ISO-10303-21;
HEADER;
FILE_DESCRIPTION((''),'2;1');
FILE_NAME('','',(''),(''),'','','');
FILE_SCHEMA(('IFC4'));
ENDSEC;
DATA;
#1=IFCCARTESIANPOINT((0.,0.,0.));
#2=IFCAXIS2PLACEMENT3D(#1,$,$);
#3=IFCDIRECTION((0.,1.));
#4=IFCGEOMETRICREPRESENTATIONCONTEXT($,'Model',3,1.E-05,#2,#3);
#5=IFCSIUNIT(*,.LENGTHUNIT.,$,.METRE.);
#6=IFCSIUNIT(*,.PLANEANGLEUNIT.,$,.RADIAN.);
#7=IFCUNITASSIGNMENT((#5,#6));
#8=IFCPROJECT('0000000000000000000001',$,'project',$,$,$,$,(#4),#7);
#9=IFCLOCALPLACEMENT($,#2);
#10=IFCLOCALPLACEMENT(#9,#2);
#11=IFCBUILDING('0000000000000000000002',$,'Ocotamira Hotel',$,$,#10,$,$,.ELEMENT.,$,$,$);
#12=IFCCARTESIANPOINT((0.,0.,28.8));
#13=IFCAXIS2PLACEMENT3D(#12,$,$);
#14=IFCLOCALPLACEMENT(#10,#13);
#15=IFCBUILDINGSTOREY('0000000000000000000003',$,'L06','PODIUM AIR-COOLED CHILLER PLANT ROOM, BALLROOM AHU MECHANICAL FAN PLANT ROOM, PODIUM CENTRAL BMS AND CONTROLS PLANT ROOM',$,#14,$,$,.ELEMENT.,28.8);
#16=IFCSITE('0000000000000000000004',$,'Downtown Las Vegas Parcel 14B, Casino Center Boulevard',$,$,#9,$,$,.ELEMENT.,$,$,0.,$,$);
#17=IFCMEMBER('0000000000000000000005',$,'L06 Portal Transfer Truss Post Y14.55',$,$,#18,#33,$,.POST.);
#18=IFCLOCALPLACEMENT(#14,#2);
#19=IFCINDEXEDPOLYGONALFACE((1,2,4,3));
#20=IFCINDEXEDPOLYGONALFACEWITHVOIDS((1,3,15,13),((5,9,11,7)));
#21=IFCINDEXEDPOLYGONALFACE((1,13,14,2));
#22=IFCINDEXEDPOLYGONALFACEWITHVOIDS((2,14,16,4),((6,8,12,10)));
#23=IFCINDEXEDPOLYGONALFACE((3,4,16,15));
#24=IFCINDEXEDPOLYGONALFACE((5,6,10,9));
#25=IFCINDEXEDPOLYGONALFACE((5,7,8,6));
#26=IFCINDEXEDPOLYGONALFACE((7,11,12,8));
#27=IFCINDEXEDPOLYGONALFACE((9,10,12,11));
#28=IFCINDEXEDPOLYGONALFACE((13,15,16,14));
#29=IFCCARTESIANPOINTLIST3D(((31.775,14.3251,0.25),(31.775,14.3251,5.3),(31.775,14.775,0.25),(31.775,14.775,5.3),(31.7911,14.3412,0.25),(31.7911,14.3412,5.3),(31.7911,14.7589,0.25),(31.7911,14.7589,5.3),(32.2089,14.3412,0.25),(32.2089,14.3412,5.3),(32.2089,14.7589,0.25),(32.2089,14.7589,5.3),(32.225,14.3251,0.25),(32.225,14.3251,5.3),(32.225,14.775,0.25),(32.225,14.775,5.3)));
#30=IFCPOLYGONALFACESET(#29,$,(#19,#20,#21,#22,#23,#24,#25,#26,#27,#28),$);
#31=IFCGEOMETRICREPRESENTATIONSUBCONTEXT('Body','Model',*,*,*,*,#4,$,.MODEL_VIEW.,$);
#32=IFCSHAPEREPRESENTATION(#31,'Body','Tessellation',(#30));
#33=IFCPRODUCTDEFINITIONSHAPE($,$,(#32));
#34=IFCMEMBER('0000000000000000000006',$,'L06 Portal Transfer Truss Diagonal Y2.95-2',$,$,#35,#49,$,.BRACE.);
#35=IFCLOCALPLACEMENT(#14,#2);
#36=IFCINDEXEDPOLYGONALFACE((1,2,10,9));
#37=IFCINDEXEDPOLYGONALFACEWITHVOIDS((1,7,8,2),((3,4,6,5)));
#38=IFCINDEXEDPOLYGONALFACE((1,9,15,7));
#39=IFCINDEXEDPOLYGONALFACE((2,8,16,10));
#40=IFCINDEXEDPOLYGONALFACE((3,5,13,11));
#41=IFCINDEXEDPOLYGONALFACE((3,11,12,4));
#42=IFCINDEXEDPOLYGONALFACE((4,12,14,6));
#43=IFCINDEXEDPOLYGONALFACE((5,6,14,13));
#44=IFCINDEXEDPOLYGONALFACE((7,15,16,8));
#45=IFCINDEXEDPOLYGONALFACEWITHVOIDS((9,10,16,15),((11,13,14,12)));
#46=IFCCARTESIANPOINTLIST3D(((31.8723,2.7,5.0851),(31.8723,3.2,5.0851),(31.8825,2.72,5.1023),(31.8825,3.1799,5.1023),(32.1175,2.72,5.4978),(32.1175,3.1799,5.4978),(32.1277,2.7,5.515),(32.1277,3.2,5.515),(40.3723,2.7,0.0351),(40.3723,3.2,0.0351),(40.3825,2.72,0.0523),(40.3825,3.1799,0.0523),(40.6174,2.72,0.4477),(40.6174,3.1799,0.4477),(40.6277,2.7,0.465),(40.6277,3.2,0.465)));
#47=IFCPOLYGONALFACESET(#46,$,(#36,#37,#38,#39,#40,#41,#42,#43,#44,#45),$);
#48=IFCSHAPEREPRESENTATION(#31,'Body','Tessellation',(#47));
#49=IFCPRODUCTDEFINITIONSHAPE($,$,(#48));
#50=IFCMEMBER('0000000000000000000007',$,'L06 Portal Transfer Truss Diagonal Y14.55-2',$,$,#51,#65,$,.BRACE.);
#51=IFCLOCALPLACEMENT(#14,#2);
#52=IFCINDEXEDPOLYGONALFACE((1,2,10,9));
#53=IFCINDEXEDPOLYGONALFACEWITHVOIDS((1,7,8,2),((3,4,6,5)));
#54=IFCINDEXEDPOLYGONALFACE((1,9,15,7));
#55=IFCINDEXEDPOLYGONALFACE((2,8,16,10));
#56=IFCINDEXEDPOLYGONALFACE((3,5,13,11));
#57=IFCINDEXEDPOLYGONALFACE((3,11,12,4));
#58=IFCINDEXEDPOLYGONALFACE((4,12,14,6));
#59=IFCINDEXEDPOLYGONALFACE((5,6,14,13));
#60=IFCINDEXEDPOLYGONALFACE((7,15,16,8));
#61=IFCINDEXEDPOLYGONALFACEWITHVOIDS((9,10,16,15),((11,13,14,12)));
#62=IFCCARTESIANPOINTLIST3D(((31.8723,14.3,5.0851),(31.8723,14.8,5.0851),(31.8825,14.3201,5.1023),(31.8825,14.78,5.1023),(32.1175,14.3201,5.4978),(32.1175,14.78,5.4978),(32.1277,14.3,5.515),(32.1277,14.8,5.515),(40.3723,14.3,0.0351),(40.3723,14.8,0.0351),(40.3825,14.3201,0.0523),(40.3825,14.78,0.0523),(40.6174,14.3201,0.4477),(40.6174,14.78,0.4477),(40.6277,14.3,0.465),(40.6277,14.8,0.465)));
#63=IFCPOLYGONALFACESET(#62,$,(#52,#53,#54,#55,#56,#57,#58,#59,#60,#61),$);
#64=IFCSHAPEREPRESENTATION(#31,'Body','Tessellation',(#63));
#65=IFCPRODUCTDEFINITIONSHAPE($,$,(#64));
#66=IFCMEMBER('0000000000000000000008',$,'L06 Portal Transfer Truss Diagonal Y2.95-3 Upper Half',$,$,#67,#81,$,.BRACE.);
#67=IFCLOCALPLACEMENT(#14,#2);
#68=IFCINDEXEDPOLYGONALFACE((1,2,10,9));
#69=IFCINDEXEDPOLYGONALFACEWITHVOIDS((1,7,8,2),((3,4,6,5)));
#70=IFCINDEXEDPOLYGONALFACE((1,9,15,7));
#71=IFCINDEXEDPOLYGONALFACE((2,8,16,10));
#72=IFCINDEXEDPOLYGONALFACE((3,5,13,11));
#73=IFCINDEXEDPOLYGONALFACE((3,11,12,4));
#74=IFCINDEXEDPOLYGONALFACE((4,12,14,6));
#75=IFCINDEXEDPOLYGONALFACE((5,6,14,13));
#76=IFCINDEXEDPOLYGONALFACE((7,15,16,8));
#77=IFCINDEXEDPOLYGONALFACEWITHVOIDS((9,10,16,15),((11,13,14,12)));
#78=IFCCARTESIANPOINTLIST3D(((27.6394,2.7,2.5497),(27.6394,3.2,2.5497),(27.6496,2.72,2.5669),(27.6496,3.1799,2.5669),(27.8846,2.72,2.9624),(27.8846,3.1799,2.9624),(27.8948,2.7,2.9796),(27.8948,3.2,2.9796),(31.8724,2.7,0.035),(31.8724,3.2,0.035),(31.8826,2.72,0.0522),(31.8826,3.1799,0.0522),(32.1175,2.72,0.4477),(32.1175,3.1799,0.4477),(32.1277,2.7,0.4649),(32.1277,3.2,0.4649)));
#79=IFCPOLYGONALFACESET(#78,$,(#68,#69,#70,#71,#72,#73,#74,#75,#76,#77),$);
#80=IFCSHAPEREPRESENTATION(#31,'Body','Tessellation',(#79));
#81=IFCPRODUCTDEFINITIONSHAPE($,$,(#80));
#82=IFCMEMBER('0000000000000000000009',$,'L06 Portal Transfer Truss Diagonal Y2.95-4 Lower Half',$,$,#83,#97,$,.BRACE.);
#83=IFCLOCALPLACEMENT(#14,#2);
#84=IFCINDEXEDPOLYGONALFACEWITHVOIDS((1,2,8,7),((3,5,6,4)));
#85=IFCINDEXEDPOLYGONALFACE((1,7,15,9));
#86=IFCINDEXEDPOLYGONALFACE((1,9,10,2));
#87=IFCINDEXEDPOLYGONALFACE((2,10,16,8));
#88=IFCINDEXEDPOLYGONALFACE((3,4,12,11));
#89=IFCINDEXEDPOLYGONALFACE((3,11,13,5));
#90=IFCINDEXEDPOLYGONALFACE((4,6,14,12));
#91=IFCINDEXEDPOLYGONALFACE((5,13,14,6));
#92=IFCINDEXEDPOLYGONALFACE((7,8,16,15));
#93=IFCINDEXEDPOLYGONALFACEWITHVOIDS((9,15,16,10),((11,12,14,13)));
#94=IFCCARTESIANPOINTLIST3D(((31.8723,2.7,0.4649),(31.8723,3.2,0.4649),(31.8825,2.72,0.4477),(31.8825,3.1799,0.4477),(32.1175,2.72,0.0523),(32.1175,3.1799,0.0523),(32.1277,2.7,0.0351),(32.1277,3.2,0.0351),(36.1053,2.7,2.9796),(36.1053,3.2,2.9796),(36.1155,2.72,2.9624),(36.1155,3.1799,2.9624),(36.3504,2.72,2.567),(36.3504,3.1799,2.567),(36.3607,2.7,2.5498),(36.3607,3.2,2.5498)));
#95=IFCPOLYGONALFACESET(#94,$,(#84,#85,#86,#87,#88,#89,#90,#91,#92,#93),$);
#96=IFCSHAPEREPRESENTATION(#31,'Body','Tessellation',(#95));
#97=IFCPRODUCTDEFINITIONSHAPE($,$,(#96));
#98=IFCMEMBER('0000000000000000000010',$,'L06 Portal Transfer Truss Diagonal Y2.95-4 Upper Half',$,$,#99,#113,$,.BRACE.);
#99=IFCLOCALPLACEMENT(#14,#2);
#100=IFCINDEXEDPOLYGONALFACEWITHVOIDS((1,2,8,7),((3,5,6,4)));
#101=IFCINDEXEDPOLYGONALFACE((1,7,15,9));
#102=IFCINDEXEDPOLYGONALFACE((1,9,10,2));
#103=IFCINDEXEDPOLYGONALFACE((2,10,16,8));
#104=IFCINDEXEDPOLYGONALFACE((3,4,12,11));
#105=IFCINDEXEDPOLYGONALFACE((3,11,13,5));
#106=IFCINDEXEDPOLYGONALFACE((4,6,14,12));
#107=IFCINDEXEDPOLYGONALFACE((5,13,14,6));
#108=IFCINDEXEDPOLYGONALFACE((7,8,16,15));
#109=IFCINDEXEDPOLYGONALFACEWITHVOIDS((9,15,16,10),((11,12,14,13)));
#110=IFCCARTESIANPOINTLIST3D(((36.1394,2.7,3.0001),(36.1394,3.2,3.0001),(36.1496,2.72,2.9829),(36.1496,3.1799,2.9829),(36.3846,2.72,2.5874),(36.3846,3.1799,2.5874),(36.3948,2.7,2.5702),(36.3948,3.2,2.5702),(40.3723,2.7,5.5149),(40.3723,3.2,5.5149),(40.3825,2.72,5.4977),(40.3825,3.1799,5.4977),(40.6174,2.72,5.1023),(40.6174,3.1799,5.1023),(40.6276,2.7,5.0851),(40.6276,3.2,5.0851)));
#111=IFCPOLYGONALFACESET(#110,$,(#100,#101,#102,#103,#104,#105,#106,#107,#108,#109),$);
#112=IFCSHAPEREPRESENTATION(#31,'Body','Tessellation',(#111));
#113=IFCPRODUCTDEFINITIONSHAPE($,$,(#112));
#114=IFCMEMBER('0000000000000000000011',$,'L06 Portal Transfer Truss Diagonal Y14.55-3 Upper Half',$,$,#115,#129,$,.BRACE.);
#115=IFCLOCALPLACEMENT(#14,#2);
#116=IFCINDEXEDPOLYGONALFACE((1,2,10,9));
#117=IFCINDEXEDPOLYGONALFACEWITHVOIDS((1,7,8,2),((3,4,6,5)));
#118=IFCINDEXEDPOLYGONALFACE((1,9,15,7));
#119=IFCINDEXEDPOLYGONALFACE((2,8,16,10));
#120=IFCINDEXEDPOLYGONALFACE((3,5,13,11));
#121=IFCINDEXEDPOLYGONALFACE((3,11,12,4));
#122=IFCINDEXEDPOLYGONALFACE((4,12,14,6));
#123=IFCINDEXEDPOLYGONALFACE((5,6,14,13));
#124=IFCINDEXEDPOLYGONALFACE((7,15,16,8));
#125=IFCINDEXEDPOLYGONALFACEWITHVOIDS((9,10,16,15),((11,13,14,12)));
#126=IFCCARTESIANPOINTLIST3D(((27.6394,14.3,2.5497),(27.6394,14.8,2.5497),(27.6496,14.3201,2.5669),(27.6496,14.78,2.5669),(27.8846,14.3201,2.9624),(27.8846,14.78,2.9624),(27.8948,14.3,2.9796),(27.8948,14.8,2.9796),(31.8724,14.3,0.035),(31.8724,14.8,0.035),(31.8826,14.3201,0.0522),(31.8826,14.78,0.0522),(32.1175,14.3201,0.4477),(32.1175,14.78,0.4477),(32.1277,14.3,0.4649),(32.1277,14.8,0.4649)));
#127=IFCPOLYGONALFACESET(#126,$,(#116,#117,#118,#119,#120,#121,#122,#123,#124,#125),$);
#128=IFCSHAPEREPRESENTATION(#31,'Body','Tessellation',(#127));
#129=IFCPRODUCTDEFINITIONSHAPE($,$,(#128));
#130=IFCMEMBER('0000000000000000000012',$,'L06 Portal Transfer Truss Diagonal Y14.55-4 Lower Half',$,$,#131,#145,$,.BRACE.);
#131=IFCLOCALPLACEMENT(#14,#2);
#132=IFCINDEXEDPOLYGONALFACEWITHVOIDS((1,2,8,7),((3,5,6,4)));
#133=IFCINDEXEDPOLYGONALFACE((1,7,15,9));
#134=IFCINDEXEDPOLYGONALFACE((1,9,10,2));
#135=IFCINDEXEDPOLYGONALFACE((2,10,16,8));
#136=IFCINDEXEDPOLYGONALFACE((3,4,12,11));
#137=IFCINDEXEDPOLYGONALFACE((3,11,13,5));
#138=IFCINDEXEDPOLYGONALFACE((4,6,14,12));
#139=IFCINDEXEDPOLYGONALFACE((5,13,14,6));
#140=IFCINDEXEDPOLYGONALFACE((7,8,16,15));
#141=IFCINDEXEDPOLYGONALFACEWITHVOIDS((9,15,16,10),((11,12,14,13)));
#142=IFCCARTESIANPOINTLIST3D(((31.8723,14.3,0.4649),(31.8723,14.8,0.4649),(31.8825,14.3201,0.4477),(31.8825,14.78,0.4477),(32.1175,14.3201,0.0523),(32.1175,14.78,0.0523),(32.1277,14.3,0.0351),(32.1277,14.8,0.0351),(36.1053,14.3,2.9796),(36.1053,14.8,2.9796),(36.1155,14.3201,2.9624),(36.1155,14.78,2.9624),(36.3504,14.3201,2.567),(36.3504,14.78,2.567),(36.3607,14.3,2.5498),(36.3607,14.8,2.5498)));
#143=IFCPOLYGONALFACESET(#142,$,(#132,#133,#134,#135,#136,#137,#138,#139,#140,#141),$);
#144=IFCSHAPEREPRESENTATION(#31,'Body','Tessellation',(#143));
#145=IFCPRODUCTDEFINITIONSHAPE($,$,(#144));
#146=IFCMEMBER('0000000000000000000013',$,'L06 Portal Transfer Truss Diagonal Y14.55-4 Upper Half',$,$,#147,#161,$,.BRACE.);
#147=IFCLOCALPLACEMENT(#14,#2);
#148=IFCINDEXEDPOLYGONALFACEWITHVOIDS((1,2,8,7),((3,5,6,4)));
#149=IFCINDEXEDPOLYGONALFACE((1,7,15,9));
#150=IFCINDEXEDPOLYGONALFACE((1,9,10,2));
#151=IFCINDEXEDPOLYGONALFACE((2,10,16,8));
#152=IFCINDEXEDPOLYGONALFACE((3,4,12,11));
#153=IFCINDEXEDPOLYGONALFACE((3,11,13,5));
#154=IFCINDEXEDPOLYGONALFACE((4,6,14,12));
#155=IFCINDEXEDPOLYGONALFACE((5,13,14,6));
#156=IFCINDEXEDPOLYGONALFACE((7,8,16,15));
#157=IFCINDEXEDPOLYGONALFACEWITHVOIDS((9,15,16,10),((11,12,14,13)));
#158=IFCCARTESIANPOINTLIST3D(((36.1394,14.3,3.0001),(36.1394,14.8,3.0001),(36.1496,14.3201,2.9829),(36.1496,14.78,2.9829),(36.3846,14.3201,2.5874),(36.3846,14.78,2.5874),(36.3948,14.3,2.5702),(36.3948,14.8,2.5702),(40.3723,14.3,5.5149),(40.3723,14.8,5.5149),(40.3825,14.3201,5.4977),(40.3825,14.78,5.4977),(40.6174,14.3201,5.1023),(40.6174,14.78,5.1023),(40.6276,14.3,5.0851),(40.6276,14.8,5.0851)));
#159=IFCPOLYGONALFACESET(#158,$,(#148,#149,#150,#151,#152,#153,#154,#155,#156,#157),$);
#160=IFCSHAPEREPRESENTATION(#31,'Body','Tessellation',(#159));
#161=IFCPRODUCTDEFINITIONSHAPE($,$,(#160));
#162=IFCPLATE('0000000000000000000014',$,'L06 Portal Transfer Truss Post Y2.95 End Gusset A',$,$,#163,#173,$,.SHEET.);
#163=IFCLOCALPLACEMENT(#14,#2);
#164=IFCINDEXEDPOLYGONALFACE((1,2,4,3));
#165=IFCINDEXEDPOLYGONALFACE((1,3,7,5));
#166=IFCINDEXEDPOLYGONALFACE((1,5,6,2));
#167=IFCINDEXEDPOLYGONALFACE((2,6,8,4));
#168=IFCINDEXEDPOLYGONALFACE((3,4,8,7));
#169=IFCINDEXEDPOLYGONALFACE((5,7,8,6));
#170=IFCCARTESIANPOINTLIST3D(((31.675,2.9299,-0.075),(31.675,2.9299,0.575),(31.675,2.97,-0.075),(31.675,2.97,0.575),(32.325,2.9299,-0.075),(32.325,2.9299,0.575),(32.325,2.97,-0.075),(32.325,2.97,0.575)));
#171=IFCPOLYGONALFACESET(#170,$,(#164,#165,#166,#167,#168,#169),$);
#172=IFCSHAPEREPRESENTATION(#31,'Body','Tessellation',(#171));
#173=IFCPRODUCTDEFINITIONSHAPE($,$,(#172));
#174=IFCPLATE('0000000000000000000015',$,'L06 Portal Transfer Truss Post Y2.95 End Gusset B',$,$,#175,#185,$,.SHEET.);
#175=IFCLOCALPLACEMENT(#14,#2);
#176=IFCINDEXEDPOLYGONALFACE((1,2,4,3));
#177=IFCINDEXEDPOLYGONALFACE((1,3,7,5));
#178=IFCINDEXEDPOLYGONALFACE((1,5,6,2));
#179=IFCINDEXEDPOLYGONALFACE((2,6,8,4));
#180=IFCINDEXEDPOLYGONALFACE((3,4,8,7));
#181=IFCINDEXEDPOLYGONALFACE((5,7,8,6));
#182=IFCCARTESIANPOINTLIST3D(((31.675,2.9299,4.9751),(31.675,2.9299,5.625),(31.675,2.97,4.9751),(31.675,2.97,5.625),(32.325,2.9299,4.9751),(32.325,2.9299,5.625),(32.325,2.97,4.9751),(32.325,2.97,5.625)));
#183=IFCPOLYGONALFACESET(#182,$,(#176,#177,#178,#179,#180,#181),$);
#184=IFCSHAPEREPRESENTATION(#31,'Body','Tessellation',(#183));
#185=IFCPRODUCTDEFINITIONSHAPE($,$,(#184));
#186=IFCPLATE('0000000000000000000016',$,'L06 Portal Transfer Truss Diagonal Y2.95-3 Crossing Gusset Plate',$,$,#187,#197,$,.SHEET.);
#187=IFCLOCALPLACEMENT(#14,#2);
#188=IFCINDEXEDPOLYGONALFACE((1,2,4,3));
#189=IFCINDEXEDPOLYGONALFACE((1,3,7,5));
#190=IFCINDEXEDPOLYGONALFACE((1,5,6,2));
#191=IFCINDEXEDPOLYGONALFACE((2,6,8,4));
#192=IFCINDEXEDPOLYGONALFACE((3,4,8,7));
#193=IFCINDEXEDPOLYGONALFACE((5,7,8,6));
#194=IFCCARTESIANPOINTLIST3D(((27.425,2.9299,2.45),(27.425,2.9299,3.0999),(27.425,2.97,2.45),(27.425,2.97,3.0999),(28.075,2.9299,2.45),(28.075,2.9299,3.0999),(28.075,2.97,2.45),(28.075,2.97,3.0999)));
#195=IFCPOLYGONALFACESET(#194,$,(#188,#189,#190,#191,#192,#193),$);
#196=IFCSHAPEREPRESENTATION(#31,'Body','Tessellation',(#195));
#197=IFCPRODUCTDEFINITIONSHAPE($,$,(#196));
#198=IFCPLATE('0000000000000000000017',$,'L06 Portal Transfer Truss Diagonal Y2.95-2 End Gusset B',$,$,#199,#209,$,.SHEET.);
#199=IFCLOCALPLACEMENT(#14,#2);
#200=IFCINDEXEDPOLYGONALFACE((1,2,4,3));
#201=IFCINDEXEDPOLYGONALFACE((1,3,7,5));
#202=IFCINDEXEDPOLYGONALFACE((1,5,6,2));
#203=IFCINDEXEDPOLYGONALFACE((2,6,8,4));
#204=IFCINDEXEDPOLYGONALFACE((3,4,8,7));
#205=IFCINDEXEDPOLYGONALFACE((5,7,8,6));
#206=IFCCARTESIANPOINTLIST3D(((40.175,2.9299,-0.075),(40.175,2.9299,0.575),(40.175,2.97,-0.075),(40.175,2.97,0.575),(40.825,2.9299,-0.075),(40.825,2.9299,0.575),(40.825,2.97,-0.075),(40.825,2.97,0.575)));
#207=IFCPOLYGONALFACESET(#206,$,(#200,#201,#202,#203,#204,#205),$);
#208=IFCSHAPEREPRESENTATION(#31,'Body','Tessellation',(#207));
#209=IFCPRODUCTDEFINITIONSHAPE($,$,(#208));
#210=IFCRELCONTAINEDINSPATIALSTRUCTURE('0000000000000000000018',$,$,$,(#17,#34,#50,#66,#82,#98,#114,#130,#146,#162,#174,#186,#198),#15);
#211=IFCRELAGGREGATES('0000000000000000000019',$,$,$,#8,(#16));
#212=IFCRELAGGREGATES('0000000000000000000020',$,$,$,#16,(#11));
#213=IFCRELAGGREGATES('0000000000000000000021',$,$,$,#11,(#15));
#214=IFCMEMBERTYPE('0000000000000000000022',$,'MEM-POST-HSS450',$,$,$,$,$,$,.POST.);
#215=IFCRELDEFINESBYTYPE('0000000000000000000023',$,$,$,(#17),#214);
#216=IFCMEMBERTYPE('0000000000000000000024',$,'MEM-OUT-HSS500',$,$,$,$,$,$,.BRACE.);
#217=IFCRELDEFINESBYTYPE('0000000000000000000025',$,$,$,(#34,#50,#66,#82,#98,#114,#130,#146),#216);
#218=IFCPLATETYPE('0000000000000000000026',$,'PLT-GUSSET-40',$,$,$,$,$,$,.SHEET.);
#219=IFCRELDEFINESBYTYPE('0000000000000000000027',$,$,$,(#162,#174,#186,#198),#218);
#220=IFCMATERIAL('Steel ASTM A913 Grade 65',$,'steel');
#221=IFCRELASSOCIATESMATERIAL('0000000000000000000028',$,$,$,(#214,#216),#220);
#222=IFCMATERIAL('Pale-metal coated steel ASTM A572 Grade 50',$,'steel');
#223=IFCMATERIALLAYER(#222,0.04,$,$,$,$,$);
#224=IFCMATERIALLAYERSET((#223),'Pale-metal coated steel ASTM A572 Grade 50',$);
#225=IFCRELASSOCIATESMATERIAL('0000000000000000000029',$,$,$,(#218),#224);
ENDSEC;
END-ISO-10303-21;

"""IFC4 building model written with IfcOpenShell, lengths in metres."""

from ifc_helpers import new_model, si_unit, direction, frame, origin, origin_2d, place, context, subcontext, project, spatial, rectangle, hollow_rectangle, extrude, source, transform, mapped, material, layer, layer_set, material_profile, profile_set, type_object, element, save


model = new_model("IFC4")

# Units and contexts
model_context = context("Model", 3, precision=1e-05, world=origin(), true_north=direction((0.0, 1.0)))
body_context = subcontext(model_context, "Body", "Model", "MODEL_VIEW")
ifc_project = project(units=[si_unit("LENGTHUNIT", "METRE"), si_unit("PLANEANGLEUNIT", "RADIAN")], contexts=[model_context])

# Site, building, storey
site_placement = place(None, origin())
site = spatial("IfcSite", under=ifc_project, at=site_placement, Name="Downtown Las Vegas Parcel 14B, Casino Center Boulevard", CompositionType="ELEMENT", RefElevation=0.0)
building_placement = place(site_placement, origin())
building = spatial("IfcBuilding", under=site, at=building_placement, Name="Ocotamira Hotel", CompositionType="ELEMENT")
storey_placement = place(building_placement, frame((0.0, 0.0, 28.8)))
storey = spatial("IfcBuildingStorey", under=building, at=storey_placement, Name="L06", Description="PODIUM AIR-COOLED CHILLER PLANT ROOM, BALLROOM AHU MECHANICAL FAN PLANT ROOM, PODIUM CENTRAL BMS AND CONTROLS PLANT ROOM", CompositionType="ELEMENT", Elevation=28.8)

# Members
ifc_material_1 = material(Name="Steel ASTM A913 Grade 65", Category="steel")
ifc_material_profile_1 = material_profile(ifc_material_1, hollow_rectangle(XDim=0.45, YDim=0.45, WallThickness=0.0161, at=origin_2d()), Name="HSS450X450X16")
ifc_profile_set_1 = profile_set([ifc_material_profile_1], Name="Steel ASTM A913 Grade 65")
member_type_1 = type_object("IfcMemberType", Name="MEM-POST-HSS450", PredefinedType="POST", material=ifc_profile_set_1)
shared_shape_1 = source(origin(), body_context, "Body", "SweptSolid", [
    extrude(hollow_rectangle(XDim=0.45, YDim=0.45, WallThickness=0.0161, at=origin_2d()), origin(), (0.0, 0.0, 1.0), 5.05),
])
for number, where, z_axis, x_axis, name in (
    (1, (32.0, 14.55, 0.25), (0.0, 0.0, 1.0), (1.0, 0.0, 0.0), "L06 Portal Transfer Truss Post Y14.55"),
):
    element("IfcMember", number, at=place(storey_placement, frame(where, z_axis=z_axis, x_axis=x_axis)), inside=storey, type_object=member_type_1, Name=name, PredefinedType="POST", context=body_context, shape_type="MappedRepresentation", body=[
        mapped(shared_shape_1, transform((0.0, 0.0, 0.0), scale=1.0)),
    ])
ifc_material_profile_2 = material_profile(ifc_material_1, hollow_rectangle(XDim=0.5, YDim=0.5, WallThickness=0.02, at=origin_2d()), Name="HSS500X500X20")
ifc_profile_set_2 = profile_set([ifc_material_profile_2], Name="Steel ASTM A913 Grade 65")
member_type_2 = type_object("IfcMemberType", Name="MEM-OUT-HSS500", PredefinedType="BRACE", material=ifc_profile_set_2)
shared_shape_2 = source(origin(), body_context, "Body", "SweptSolid", [
    extrude(hollow_rectangle(XDim=0.5, YDim=0.5, WallThickness=0.02, at=origin_2d()), origin(), (0.0, 0.0, 1.0), 9.887),
])
for number, where, z_axis, x_axis, name in (
    (2, (32.0, 2.95, 5.3), (0.859714, 0.0, -0.510776), (0.0, 1.0, 0.0), "L06 Portal Transfer Truss Diagonal Y2.95-2"),
    (3, (32.0, 14.55, 5.3), (0.859714, 0.0, -0.510776), (0.0, 1.0, 0.0), "L06 Portal Transfer Truss Diagonal Y14.55-2"),
):
    element("IfcMember", number, at=place(storey_placement, frame(where, z_axis=z_axis, x_axis=x_axis)), inside=storey, type_object=member_type_2, Name=name, PredefinedType="BRACE", context=body_context, shape_type="MappedRepresentation", body=[
        mapped(shared_shape_2, transform((0.0, 0.0, 0.0), scale=1.0)),
    ])
shared_shape_3 = source(origin(), body_context, "Body", "SweptSolid", [
    extrude(hollow_rectangle(XDim=0.5, YDim=0.5, WallThickness=0.02, at=origin_2d()), origin(), (0.0, 0.0, 1.0), 4.9236),
])
for number, where, z_axis, x_axis, name in (
    (4, (27.7671, 2.95, 2.7646), (0.859734, 0.0, -0.510743), (0.0, 1.0, 0.0), "L06 Portal Transfer Truss Diagonal Y2.95-3 Upper Half"),
    (5, (32.0, 2.95, 0.25), (0.859734, 0.0, 0.510743), (0.0, 1.0, 0.0), "L06 Portal Transfer Truss Diagonal Y2.95-4 Lower Half"),
    (6, (36.2671, 2.95, 2.7852), (0.859712, 0.0, 0.510779), (0.0, 1.0, 0.0), "L06 Portal Transfer Truss Diagonal Y2.95-4 Upper Half"),
    (7, (27.7671, 14.55, 2.7646), (0.859734, 0.0, -0.510743), (0.0, 1.0, 0.0), "L06 Portal Transfer Truss Diagonal Y14.55-3 Upper Half"),
    (8, (32.0, 14.55, 0.25), (0.859734, 0.0, 0.510743), (0.0, 1.0, 0.0), "L06 Portal Transfer Truss Diagonal Y14.55-4 Lower Half"),
    (9, (36.2671, 14.55, 2.7852), (0.859712, 0.0, 0.510779), (0.0, 1.0, 0.0), "L06 Portal Transfer Truss Diagonal Y14.55-4 Upper Half"),
):
    element("IfcMember", number, at=place(storey_placement, frame(where, z_axis=z_axis, x_axis=x_axis)), inside=storey, type_object=member_type_2, Name=name, PredefinedType="BRACE", context=body_context, shape_type="MappedRepresentation", body=[
        mapped(shared_shape_3, transform((0.0, 0.0, 0.0), scale=1.0)),
    ])

# Plates
ifc_material_2 = material(Name="Pale-metal coated steel ASTM A572 Grade 50", Category="steel")
ifc_layer_1 = layer(ifc_material_2, 0.04)
ifc_layer_set_1 = layer_set([ifc_layer_1], Name="Pale-metal coated steel ASTM A572 Grade 50")
plate_type = type_object("IfcPlateType", Name="PLT-GUSSET-40", PredefinedType="SHEET", material=ifc_layer_set_1)
shared_shape_4 = source(origin(), body_context, "Body", "SweptSolid", [
    extrude(rectangle(XDim=0.6499, YDim=0.04, at=origin_2d()), origin(), (0.0, 0.0, 1.0), 0.6499),
])
for number, where, z_axis, x_axis, name in (
    (10, (32.0, 2.95, -0.075), (0.0, 0.0, 1.0), (1.0, 0.0, 0.0), "L06 Portal Transfer Truss Post Y2.95 End Gusset A"),
    (11, (32.0, 2.95, 4.9751), (0.0, 0.0, 1.0), (1.0, 0.0, 0.0), "L06 Portal Transfer Truss Post Y2.95 End Gusset B"),
    (12, (27.75, 2.95, 2.45), (0.0, 0.0, 1.0), (1.0, 0.0, 0.0), "L06 Portal Transfer Truss Diagonal Y2.95-3 Crossing Gusset Plate"),
    (13, (40.5, 2.95, -0.075), (0.0, 0.0, 1.0), (1.0, 0.0, 0.0), "L06 Portal Transfer Truss Diagonal Y2.95-2 End Gusset B"),
):
    element("IfcPlate", number, at=place(storey_placement, frame(where, z_axis=z_axis, x_axis=x_axis)), inside=storey, type_object=plate_type, Name=name, PredefinedType="SHEET", context=body_context, shape_type="MappedRepresentation", body=[
        mapped(shared_shape_4, transform((0.0, 0.0, 0.0), scale=1.0)),
    ])

save(model, "model.ifc")
